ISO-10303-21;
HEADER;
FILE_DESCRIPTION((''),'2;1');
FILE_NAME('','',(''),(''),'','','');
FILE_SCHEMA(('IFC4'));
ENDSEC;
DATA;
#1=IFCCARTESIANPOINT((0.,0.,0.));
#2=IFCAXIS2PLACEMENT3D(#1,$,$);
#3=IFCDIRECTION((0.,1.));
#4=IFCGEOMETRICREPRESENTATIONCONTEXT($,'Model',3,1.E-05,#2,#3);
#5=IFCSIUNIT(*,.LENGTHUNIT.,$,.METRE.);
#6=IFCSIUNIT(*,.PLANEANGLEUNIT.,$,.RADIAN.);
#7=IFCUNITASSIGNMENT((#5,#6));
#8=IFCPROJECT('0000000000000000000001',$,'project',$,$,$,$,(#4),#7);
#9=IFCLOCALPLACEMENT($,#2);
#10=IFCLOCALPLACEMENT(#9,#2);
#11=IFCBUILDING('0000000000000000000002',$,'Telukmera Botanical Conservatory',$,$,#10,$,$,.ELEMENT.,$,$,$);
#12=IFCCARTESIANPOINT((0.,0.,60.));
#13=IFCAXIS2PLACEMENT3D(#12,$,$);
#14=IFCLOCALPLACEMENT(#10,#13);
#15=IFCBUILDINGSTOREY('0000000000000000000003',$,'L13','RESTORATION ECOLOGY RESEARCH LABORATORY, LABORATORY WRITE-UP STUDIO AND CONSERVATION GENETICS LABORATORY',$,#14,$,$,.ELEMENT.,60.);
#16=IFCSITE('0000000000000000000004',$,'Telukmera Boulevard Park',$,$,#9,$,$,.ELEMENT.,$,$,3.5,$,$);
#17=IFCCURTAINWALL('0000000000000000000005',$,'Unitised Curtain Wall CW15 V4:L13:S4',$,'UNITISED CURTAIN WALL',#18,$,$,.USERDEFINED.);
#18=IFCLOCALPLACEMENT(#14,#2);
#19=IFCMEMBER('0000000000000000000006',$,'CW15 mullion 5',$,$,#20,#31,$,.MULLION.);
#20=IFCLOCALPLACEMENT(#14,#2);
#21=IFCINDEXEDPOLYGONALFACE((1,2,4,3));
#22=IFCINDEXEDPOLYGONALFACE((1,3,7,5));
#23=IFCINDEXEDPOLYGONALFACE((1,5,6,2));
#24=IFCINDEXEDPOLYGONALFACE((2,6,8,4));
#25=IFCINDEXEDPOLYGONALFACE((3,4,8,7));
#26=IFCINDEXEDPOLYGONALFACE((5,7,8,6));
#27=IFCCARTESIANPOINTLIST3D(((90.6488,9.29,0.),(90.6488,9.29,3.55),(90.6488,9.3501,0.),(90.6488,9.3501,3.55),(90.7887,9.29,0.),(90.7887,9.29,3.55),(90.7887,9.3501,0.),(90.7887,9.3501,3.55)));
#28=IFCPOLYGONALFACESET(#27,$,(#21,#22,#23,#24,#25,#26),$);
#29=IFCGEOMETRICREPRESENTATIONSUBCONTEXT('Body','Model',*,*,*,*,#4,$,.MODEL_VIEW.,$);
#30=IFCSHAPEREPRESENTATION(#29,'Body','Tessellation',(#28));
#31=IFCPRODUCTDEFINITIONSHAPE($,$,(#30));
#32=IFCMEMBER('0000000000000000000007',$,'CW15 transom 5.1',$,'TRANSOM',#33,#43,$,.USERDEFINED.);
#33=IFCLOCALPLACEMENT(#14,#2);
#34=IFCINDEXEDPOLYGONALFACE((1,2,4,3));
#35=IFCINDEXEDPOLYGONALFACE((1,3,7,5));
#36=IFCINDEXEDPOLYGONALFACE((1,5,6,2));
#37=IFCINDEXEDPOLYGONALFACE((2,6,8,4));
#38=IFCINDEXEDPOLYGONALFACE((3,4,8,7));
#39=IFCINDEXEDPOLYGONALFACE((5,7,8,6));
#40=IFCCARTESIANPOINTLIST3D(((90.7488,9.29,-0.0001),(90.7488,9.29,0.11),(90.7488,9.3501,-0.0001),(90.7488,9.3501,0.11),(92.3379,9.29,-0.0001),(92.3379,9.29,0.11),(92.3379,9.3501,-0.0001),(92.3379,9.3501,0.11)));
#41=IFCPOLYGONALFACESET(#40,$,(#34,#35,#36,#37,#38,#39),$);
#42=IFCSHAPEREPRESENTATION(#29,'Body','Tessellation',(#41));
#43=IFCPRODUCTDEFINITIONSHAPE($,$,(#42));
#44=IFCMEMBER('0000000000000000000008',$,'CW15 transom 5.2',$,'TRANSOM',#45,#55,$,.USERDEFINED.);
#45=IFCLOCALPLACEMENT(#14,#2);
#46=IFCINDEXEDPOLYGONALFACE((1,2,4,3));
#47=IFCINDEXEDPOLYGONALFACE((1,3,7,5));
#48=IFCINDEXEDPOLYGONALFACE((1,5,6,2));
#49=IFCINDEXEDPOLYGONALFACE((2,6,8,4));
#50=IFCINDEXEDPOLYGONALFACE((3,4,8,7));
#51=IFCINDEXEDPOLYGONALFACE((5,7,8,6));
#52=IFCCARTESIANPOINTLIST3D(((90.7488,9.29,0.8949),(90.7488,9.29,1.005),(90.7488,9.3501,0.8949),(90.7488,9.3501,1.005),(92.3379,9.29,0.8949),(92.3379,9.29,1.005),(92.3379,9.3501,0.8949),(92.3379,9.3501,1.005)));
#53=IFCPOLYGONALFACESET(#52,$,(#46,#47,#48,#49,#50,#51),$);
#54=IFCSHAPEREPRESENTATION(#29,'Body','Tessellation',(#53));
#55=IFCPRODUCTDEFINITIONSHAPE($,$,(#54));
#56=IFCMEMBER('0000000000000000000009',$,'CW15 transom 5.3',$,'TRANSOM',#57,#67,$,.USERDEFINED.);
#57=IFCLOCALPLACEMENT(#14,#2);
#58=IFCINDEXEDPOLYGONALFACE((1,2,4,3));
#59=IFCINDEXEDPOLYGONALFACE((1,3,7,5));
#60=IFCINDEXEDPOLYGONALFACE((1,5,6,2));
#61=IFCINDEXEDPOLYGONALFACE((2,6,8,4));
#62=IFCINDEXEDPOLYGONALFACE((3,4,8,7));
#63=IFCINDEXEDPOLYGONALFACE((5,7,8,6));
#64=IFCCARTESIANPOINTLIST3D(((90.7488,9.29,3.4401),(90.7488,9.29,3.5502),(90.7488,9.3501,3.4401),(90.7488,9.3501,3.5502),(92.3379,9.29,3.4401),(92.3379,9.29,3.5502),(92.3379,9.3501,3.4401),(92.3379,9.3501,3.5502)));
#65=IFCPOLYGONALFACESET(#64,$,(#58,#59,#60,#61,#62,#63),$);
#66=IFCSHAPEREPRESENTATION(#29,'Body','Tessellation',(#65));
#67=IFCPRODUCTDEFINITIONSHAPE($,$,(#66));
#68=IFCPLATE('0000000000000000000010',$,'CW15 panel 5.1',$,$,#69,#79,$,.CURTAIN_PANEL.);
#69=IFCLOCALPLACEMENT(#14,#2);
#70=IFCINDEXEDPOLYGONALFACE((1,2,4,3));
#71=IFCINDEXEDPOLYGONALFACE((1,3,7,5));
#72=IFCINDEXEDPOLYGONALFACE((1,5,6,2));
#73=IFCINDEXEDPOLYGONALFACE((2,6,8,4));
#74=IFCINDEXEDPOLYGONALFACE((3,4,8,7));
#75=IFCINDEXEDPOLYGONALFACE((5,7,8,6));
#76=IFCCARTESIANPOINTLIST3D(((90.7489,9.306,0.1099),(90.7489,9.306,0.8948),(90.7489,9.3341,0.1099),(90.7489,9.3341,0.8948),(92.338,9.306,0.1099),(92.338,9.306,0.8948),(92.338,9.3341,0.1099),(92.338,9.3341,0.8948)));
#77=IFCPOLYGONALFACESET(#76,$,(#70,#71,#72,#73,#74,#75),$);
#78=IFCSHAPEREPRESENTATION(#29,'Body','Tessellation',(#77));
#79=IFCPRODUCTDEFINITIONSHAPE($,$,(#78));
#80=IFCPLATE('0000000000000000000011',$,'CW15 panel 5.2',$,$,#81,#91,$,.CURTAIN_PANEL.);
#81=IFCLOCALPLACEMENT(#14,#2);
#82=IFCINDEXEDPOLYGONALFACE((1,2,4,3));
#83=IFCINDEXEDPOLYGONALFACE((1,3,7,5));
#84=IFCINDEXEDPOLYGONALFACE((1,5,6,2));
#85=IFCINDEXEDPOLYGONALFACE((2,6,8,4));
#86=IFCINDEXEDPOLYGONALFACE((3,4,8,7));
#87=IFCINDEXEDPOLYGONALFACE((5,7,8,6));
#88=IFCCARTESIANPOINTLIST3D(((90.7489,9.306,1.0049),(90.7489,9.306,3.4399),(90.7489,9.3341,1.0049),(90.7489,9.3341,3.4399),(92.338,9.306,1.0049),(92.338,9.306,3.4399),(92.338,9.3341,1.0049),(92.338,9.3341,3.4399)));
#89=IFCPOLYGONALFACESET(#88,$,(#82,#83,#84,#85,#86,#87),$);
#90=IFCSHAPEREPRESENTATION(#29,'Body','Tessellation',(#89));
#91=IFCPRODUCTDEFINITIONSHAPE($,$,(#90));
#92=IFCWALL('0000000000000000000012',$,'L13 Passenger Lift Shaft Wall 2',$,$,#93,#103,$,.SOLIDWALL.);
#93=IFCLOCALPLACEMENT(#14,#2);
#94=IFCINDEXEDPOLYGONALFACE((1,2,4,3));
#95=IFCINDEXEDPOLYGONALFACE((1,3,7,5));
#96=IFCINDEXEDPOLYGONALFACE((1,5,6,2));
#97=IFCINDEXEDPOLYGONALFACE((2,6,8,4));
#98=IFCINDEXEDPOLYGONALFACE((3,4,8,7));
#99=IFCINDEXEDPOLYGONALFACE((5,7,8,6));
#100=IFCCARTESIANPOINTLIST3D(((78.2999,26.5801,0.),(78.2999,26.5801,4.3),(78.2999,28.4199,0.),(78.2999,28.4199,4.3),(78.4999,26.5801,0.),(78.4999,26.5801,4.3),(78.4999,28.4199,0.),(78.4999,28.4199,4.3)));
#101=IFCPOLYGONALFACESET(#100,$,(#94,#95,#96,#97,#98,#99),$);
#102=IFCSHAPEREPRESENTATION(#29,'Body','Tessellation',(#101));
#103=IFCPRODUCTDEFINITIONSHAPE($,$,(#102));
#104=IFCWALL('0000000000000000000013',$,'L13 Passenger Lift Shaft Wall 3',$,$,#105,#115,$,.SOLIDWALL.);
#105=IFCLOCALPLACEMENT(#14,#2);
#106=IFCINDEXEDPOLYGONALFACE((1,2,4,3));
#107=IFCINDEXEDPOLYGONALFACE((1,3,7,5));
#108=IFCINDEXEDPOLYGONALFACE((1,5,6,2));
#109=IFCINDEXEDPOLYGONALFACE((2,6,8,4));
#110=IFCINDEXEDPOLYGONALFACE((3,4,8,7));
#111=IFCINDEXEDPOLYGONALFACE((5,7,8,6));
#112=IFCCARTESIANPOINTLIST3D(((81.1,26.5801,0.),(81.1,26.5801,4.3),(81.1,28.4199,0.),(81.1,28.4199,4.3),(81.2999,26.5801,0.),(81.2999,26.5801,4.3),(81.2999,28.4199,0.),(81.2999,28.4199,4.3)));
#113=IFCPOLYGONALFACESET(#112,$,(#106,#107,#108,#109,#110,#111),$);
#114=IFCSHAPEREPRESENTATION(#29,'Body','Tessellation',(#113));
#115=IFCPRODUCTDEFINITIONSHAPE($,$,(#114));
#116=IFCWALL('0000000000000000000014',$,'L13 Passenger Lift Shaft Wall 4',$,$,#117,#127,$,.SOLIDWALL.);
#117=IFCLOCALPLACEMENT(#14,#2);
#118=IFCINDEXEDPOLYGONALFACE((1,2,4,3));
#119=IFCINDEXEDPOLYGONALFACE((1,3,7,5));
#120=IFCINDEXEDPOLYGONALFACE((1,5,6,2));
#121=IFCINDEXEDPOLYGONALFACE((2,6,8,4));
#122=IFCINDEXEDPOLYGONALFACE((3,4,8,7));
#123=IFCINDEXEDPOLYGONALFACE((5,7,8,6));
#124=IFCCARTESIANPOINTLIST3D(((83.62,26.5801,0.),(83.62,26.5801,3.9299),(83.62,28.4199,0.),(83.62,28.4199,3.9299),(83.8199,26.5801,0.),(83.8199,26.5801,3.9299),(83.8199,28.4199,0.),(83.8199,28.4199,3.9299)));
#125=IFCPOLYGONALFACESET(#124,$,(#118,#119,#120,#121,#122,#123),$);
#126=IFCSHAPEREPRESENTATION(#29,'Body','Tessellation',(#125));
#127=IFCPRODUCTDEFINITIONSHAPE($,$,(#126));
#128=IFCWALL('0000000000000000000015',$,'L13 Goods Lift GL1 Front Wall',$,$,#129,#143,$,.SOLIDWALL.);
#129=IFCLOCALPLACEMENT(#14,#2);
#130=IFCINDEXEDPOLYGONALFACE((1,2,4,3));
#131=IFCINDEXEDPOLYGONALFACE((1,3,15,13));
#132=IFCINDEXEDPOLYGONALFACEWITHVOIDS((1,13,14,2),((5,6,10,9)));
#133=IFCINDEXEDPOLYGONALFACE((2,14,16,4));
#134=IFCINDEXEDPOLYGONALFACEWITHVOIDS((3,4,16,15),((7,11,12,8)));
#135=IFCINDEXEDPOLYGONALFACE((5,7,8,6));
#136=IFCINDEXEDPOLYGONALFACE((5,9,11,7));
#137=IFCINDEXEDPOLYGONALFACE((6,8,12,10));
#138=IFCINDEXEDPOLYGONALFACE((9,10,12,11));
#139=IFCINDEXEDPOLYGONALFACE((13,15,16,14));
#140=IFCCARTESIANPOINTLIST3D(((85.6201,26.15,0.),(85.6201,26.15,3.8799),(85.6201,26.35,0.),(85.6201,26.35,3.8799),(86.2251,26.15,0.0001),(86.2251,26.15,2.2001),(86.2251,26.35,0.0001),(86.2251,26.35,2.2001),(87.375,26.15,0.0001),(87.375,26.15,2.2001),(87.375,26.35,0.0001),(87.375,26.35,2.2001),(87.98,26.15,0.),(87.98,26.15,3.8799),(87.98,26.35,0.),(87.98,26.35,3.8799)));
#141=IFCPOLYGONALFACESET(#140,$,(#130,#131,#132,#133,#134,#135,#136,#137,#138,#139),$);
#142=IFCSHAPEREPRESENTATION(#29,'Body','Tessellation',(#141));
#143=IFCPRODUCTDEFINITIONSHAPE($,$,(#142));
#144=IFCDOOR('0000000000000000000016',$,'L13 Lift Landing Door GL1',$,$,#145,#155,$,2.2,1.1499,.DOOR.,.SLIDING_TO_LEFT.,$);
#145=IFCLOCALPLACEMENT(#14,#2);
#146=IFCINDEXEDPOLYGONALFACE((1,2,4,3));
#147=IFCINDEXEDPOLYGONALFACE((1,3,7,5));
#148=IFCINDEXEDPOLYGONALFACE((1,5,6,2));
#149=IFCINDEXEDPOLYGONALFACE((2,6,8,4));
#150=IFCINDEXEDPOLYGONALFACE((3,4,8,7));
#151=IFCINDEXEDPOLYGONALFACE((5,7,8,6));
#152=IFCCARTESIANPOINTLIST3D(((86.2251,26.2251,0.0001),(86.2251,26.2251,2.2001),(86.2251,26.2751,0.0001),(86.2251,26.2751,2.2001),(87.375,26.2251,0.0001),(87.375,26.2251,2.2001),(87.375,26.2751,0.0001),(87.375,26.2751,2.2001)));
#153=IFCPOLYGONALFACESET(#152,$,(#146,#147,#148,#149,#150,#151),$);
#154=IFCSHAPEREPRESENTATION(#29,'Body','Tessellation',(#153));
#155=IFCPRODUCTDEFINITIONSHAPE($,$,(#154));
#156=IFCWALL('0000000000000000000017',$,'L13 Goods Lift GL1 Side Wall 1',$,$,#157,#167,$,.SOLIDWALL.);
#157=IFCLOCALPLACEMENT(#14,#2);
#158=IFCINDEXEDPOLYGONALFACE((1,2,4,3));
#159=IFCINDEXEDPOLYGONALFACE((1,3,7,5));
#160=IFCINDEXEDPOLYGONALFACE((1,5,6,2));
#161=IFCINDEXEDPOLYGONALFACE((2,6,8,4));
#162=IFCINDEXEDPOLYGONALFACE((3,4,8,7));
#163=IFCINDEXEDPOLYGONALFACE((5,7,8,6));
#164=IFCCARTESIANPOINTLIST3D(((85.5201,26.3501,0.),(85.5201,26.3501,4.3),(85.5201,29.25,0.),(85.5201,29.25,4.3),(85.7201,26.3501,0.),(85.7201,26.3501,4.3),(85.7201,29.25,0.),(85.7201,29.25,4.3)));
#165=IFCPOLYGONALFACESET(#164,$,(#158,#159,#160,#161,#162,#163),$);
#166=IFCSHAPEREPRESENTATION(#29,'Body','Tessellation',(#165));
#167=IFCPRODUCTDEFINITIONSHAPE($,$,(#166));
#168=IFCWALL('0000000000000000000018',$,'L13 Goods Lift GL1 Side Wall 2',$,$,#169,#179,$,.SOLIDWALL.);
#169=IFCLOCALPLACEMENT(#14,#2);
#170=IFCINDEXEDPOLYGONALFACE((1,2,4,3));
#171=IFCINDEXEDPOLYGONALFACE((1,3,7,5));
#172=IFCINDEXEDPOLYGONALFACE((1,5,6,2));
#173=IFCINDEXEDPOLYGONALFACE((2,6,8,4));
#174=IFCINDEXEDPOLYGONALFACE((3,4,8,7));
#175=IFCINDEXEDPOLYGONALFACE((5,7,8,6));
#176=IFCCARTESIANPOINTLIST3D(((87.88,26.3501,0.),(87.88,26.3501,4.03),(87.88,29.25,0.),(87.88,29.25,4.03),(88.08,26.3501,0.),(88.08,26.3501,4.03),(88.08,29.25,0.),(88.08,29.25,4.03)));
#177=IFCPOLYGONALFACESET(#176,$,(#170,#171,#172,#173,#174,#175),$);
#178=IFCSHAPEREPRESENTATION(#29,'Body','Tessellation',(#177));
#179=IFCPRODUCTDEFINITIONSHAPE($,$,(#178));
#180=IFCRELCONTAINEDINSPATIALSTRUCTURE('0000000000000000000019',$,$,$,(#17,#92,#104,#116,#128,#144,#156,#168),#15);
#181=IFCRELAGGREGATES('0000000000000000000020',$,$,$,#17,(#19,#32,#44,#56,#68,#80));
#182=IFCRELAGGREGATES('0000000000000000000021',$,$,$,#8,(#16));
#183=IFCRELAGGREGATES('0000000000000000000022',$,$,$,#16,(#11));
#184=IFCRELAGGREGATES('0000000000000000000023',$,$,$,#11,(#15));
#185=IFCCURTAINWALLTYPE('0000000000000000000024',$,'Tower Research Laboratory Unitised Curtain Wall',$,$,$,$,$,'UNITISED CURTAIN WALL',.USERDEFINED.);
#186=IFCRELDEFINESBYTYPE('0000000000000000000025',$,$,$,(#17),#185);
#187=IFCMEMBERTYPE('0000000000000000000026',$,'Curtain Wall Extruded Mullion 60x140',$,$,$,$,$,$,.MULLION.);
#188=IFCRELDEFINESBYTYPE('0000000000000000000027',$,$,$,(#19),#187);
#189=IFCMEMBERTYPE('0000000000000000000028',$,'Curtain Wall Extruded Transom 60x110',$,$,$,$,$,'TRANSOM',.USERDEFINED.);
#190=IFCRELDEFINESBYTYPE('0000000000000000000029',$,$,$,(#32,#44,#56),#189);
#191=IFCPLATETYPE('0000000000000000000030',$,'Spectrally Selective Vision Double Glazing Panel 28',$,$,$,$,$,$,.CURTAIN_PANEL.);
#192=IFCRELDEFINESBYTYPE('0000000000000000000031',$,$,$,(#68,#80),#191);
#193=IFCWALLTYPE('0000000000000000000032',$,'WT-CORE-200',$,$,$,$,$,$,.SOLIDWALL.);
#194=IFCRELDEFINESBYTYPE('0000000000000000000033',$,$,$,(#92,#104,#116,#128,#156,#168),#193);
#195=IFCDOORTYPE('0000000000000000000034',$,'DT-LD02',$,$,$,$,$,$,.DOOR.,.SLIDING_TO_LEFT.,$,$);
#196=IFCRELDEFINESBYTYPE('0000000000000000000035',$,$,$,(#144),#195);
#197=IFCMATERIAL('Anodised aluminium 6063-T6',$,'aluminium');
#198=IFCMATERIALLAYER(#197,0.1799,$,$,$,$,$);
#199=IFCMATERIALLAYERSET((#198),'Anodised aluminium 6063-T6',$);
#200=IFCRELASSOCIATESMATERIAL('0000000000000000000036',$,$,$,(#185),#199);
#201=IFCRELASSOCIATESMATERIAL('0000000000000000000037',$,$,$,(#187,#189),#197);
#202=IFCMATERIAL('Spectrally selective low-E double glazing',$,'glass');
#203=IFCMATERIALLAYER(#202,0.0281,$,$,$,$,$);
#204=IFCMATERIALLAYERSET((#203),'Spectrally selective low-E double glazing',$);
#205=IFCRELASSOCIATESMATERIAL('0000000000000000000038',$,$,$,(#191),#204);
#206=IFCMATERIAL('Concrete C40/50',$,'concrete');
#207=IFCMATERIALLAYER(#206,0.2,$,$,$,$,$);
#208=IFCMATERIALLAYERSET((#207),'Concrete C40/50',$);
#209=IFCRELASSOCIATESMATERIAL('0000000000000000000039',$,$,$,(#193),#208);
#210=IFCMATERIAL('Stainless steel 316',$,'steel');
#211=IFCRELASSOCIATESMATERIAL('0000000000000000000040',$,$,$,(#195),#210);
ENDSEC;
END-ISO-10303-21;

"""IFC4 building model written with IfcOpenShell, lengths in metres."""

from ifc_helpers import new_model, si_unit, direction, frame, frame_2d, origin, origin_2d, place, context, subcontext, project, spatial, rectangle, extrude, material, layer, layer_set, material_profile, profile_set, type_object, element, fill, aggregate, save


model = new_model("IFC4")

# Units and contexts
model_context = context("Model", 3, precision=1e-05, world=origin(), true_north=direction((0.0, 1.0)))
body_context = subcontext(model_context, "Body", "Model", "MODEL_VIEW")
ifc_project = project(units=[si_unit("LENGTHUNIT", "METRE"), si_unit("PLANEANGLEUNIT", "RADIAN")], contexts=[model_context])

# Site, building, storey
site_placement = place(None, origin())
site = spatial("IfcSite", under=ifc_project, at=site_placement, Name="Telukmera Boulevard Park", CompositionType="ELEMENT", RefElevation=3.5)
building_placement = place(site_placement, origin())
building = spatial("IfcBuilding", under=site, at=building_placement, Name="Telukmera Botanical Conservatory", CompositionType="ELEMENT")
storey_placement = place(building_placement, frame((0.0, 0.0, 60.0)))
storey = spatial("IfcBuildingStorey", under=building, at=storey_placement, Name="L13", Description="RESTORATION ECOLOGY RESEARCH LABORATORY, LABORATORY WRITE-UP STUDIO AND CONSERVATION GENETICS LABORATORY", CompositionType="ELEMENT", Elevation=60.0)

# Shared definitions
ifc_material_1 = material(Name="Concrete C40/50", Category="concrete")

# Curtain wall, members, plates
ifc_material_2 = material(Name="Anodised aluminium 6063-T6", Category="aluminium")
ifc_layer_1 = layer(ifc_material_2, 0.1799)
ifc_layer_set_1 = layer_set([ifc_layer_1], Name="Anodised aluminium 6063-T6")
curtain_wall_type = type_object("IfcCurtainWallType", Name="Tower Research Laboratory Unitised Curtain Wall", ElementType="UNITISED CURTAIN WALL", PredefinedType="USERDEFINED", material=ifc_layer_set_1)
curtain_wall_placement = place(storey_placement, origin())
curtain_wall = element("IfcCurtainWall", 1, at=curtain_wall_placement, inside=storey, type_object=curtain_wall_type, Name="Unitised Curtain Wall CW15 V4:L13:S4", ObjectType="UNITISED CURTAIN WALL", PredefinedType="USERDEFINED")
ifc_material_profile_1 = material_profile(ifc_material_2, rectangle(XDim=0.0601, YDim=0.1399, at=origin_2d()), Name="ALU MULL 60x140")
ifc_profile_set_1 = profile_set([ifc_material_profile_1], Name="Anodised aluminium 6063-T6")
member_type_1 = type_object("IfcMemberType", Name="Curtain Wall Extruded Mullion 60x140", PredefinedType="MULLION", material=ifc_profile_set_1)
member_1_placement = place(storey_placement, frame((90.7188, 9.3201, 0.0), z_axis=(0.0, 0.0, 1.0), x_axis=(0.0, 1.0, 0.0)))
member_1 = element("IfcMember", 2, at=member_1_placement, type_object=member_type_1, Name="CW15 mullion 5", PredefinedType="MULLION", context=body_context, shape_type="SweptSolid", body=[
    extrude(rectangle(XDim=0.0601, YDim=0.1399, at=origin_2d()), origin(), (0.0, 0.0, 1.0), 3.55),
])
ifc_material_profile_2 = material_profile(ifc_material_2, rectangle(XDim=0.0601, YDim=0.1101, at=origin_2d()), Name="ALU TRAN 60x110")
ifc_profile_set_2 = profile_set([ifc_material_profile_2], Name="Anodised aluminium 6063-T6")
member_type_2 = type_object("IfcMemberType", Name="Curtain Wall Extruded Transom 60x110", ElementType="TRANSOM", PredefinedType="USERDEFINED", material=ifc_profile_set_2)
member_2_placement = place(storey_placement, frame((90.7488, 9.3201, 0.0549), z_axis=(1.0, 0.0, 0.0), x_axis=(0.0, 1.0, 0.0)))
member_2 = element("IfcMember", 3, at=member_2_placement, type_object=member_type_2, Name="CW15 transom 5.1", ObjectType="TRANSOM", PredefinedType="USERDEFINED", context=body_context, shape_type="SweptSolid", body=[
    extrude(rectangle(XDim=0.0601, YDim=0.1101, at=origin_2d()), origin(), (0.0, 0.0, 1.0), 1.5891),
])
member_3_placement = place(storey_placement, frame((90.7488, 9.3201, 0.95), z_axis=(1.0, 0.0, 0.0), x_axis=(0.0, 1.0, 0.0)))
member_3 = element("IfcMember", 4, at=member_3_placement, type_object=member_type_2, Name="CW15 transom 5.2", ObjectType="TRANSOM", PredefinedType="USERDEFINED", context=body_context, shape_type="SweptSolid", body=[
    extrude(rectangle(XDim=0.0601, YDim=0.1101, at=origin_2d()), origin(), (0.0, 0.0, 1.0), 1.5891),
])
member_4_placement = place(storey_placement, frame((90.7488, 9.3201, 3.4951), z_axis=(1.0, 0.0, 0.0), x_axis=(0.0, 1.0, 0.0)))
member_4 = element("IfcMember", 5, at=member_4_placement, type_object=member_type_2, Name="CW15 transom 5.3", ObjectType="TRANSOM", PredefinedType="USERDEFINED", context=body_context, shape_type="SweptSolid", body=[
    extrude(rectangle(XDim=0.0601, YDim=0.1101, at=origin_2d()), origin(), (0.0, 0.0, 1.0), 1.5891),
])
ifc_material_3 = material(Name="Spectrally selective low-E double glazing", Category="glass")
ifc_layer_2 = layer(ifc_material_3, 0.0281)
ifc_layer_set_2 = layer_set([ifc_layer_2], Name="Spectrally selective low-E double glazing")
plate_type = type_object("IfcPlateType", Name="Spectrally Selective Vision Double Glazing Panel 28", PredefinedType="CURTAIN_PANEL", material=ifc_layer_set_2)
plate_1_placement = place(storey_placement, frame((91.5435, 9.3201, 0.1099), z_axis=(0.0, 0.0, 1.0), x_axis=(1.0, 0.0, 0.0)))
plate_1 = element("IfcPlate", 6, at=plate_1_placement, type_object=plate_type, Name="CW15 panel 5.1", PredefinedType="CURTAIN_PANEL", context=body_context, shape_type="SweptSolid", body=[
    extrude(rectangle(XDim=1.5891, YDim=0.0281, at=origin_2d()), origin(), (0.0, 0.0, 1.0), 0.7849),
])
plate_2_placement = place(storey_placement, frame((91.5435, 9.3201, 1.0049), z_axis=(0.0, 0.0, 1.0), x_axis=(1.0, 0.0, 0.0)))
plate_2 = element("IfcPlate", 7, at=plate_2_placement, type_object=plate_type, Name="CW15 panel 5.2", PredefinedType="CURTAIN_PANEL", context=body_context, shape_type="SweptSolid", body=[
    extrude(rectangle(XDim=1.5891, YDim=0.0281, at=origin_2d()), origin(), (0.0, 0.0, 1.0), 2.4351),
])
aggregate(curtain_wall, [member_1, member_2, member_3, member_4, plate_1, plate_2])

# Walls
ifc_layer_3 = layer(ifc_material_1, 0.2)
ifc_layer_set_3 = layer_set([ifc_layer_3], Name="Concrete C40/50")
wall_type_1 = type_object("IfcWallType", Name="WT-CORE-200", PredefinedType="SOLIDWALL", material=ifc_layer_set_3)
for number, where, z_axis, x_axis, name in (
    (8, (78.3999, 26.5801, 0.0), (0.0, 0.0, 1.0), (0.0, 1.0, 0.0), "L13 Passenger Lift Shaft Wall 2"),
    (9, (81.2, 26.5801, 0.0), (0.0, 0.0, 1.0), (0.0, 1.0, 0.0), "L13 Passenger Lift Shaft Wall 3"),
):
    element("IfcWall", number, at=place(storey_placement, frame(where, z_axis=z_axis, x_axis=x_axis)), inside=storey, type_object=wall_type_1, Name=name, PredefinedType="SOLIDWALL", context=body_context, shape_type="SweptSolid", body=[
        extrude(rectangle(XDim=1.8398, YDim=0.2, at=frame_2d((0.9199, 0.0))), origin(), (0.0, 0.0, 1.0), 4.3),
    ])
wall_1_placement = place(storey_placement, frame((83.72, 26.5801, 0.0), z_axis=(0.0, 0.0, 1.0), x_axis=(0.0, 1.0, 0.0)))
element("IfcWall", 10, at=wall_1_placement, inside=storey, type_object=wall_type_1, Name="L13 Passenger Lift Shaft Wall 4", PredefinedType="SOLIDWALL", context=body_context, shape_type="SweptSolid", body=[
    extrude(rectangle(XDim=1.8398, YDim=0.2, at=frame_2d((0.9199, 0.0))), origin(), (0.0, 0.0, 1.0), 3.9299),
])

# Wall, opening, door
wall_2_placement = place(storey_placement, frame((85.6201, 26.25, 0.0), z_axis=(0.0, 0.0, 1.0), x_axis=(1.0, 0.0, 0.0)))
wall_2 = element("IfcWall", 11, at=wall_2_placement, inside=storey, type_object=wall_type_1, Name="L13 Goods Lift GL1 Front Wall", PredefinedType="SOLIDWALL", context=body_context, shape_type="SweptSolid", body=[
    extrude(rectangle(XDim=2.3599, YDim=0.2, at=frame_2d((1.1799, 0.0))), origin(), (0.0, 0.0, 1.0), 3.8799),
])
opening_1_placement = place(wall_2_placement, frame((0.605, 0.0, 0.0)))
opening_1 = element("IfcOpeningElement", 12, at=opening_1_placement, cuts=wall_2, PredefinedType="OPENING", context=body_context, shape_type="SweptSolid", body=[
    extrude(rectangle(XDim=1.1499, YDim=2.2, at=frame_2d((0.575, 1.1001))), frame((0.0, 0.1099, 0.0), z_axis=(0.0, -1.0, 0.0), x_axis=(1.0, 0.0, 0.0)), (0.0, 0.0, 1.0), 0.22),
])
ifc_material_4 = material(Name="Stainless steel 316", Category="steel")
door_type_1 = type_object("IfcDoorType", Name="DT-LD02", OperationType="SLIDING_TO_LEFT", PredefinedType="DOOR", material=ifc_material_4)
door_1_placement = place(opening_1_placement, frame((1.1499, 0.0, 0.0), z_axis=(0.0, 0.0, 1.0), x_axis=(-1.0, 0.0, 0.0)))
door_1 = element("IfcDoor", 13, at=door_1_placement, inside=storey, type_object=door_type_1, Name="L13 Lift Landing Door GL1", OperationType="SLIDING_TO_LEFT", OverallHeight=2.2, OverallWidth=1.1499, PredefinedType="DOOR", context=body_context, shape_type="SweptSolid", body=[
    extrude(rectangle(XDim=1.1499, YDim=2.2, at=frame_2d((0.575, 1.1001))), frame((0.0, 0.0249, 0.0), z_axis=(0.0, -1.0, 0.0), x_axis=(1.0, 0.0, 0.0)), (0.0, 0.0, 1.0), 0.05),
])
fill(opening_1, door_1)

# Walls
wall_3_placement = place(storey_placement, frame((85.6201, 26.3501, 0.0), z_axis=(0.0, 0.0, 1.0), x_axis=(0.0, 1.0, 0.0)))
element("IfcWall", 14, at=wall_3_placement, inside=storey, type_object=wall_type_1, Name="L13 Goods Lift GL1 Side Wall 1", PredefinedType="SOLIDWALL", context=body_context, shape_type="SweptSolid", body=[
    extrude(rectangle(XDim=2.8999, YDim=0.2, at=frame_2d((1.45, 0.0))), origin(), (0.0, 0.0, 1.0), 4.3),
])
wall_4_placement = place(storey_placement, frame((87.98, 26.3501, 0.0), z_axis=(0.0, 0.0, 1.0), x_axis=(0.0, 1.0, 0.0)))
element("IfcWall", 15, at=wall_4_placement, inside=storey, type_object=wall_type_1, Name="L13 Goods Lift GL1 Side Wall 2", PredefinedType="SOLIDWALL", context=body_context, shape_type="SweptSolid", body=[
    extrude(rectangle(XDim=2.8999, YDim=0.2, at=frame_2d((1.45, 0.0))), origin(), (0.0, 0.0, 1.0), 4.03),
])

save(model, "model.ifc")
